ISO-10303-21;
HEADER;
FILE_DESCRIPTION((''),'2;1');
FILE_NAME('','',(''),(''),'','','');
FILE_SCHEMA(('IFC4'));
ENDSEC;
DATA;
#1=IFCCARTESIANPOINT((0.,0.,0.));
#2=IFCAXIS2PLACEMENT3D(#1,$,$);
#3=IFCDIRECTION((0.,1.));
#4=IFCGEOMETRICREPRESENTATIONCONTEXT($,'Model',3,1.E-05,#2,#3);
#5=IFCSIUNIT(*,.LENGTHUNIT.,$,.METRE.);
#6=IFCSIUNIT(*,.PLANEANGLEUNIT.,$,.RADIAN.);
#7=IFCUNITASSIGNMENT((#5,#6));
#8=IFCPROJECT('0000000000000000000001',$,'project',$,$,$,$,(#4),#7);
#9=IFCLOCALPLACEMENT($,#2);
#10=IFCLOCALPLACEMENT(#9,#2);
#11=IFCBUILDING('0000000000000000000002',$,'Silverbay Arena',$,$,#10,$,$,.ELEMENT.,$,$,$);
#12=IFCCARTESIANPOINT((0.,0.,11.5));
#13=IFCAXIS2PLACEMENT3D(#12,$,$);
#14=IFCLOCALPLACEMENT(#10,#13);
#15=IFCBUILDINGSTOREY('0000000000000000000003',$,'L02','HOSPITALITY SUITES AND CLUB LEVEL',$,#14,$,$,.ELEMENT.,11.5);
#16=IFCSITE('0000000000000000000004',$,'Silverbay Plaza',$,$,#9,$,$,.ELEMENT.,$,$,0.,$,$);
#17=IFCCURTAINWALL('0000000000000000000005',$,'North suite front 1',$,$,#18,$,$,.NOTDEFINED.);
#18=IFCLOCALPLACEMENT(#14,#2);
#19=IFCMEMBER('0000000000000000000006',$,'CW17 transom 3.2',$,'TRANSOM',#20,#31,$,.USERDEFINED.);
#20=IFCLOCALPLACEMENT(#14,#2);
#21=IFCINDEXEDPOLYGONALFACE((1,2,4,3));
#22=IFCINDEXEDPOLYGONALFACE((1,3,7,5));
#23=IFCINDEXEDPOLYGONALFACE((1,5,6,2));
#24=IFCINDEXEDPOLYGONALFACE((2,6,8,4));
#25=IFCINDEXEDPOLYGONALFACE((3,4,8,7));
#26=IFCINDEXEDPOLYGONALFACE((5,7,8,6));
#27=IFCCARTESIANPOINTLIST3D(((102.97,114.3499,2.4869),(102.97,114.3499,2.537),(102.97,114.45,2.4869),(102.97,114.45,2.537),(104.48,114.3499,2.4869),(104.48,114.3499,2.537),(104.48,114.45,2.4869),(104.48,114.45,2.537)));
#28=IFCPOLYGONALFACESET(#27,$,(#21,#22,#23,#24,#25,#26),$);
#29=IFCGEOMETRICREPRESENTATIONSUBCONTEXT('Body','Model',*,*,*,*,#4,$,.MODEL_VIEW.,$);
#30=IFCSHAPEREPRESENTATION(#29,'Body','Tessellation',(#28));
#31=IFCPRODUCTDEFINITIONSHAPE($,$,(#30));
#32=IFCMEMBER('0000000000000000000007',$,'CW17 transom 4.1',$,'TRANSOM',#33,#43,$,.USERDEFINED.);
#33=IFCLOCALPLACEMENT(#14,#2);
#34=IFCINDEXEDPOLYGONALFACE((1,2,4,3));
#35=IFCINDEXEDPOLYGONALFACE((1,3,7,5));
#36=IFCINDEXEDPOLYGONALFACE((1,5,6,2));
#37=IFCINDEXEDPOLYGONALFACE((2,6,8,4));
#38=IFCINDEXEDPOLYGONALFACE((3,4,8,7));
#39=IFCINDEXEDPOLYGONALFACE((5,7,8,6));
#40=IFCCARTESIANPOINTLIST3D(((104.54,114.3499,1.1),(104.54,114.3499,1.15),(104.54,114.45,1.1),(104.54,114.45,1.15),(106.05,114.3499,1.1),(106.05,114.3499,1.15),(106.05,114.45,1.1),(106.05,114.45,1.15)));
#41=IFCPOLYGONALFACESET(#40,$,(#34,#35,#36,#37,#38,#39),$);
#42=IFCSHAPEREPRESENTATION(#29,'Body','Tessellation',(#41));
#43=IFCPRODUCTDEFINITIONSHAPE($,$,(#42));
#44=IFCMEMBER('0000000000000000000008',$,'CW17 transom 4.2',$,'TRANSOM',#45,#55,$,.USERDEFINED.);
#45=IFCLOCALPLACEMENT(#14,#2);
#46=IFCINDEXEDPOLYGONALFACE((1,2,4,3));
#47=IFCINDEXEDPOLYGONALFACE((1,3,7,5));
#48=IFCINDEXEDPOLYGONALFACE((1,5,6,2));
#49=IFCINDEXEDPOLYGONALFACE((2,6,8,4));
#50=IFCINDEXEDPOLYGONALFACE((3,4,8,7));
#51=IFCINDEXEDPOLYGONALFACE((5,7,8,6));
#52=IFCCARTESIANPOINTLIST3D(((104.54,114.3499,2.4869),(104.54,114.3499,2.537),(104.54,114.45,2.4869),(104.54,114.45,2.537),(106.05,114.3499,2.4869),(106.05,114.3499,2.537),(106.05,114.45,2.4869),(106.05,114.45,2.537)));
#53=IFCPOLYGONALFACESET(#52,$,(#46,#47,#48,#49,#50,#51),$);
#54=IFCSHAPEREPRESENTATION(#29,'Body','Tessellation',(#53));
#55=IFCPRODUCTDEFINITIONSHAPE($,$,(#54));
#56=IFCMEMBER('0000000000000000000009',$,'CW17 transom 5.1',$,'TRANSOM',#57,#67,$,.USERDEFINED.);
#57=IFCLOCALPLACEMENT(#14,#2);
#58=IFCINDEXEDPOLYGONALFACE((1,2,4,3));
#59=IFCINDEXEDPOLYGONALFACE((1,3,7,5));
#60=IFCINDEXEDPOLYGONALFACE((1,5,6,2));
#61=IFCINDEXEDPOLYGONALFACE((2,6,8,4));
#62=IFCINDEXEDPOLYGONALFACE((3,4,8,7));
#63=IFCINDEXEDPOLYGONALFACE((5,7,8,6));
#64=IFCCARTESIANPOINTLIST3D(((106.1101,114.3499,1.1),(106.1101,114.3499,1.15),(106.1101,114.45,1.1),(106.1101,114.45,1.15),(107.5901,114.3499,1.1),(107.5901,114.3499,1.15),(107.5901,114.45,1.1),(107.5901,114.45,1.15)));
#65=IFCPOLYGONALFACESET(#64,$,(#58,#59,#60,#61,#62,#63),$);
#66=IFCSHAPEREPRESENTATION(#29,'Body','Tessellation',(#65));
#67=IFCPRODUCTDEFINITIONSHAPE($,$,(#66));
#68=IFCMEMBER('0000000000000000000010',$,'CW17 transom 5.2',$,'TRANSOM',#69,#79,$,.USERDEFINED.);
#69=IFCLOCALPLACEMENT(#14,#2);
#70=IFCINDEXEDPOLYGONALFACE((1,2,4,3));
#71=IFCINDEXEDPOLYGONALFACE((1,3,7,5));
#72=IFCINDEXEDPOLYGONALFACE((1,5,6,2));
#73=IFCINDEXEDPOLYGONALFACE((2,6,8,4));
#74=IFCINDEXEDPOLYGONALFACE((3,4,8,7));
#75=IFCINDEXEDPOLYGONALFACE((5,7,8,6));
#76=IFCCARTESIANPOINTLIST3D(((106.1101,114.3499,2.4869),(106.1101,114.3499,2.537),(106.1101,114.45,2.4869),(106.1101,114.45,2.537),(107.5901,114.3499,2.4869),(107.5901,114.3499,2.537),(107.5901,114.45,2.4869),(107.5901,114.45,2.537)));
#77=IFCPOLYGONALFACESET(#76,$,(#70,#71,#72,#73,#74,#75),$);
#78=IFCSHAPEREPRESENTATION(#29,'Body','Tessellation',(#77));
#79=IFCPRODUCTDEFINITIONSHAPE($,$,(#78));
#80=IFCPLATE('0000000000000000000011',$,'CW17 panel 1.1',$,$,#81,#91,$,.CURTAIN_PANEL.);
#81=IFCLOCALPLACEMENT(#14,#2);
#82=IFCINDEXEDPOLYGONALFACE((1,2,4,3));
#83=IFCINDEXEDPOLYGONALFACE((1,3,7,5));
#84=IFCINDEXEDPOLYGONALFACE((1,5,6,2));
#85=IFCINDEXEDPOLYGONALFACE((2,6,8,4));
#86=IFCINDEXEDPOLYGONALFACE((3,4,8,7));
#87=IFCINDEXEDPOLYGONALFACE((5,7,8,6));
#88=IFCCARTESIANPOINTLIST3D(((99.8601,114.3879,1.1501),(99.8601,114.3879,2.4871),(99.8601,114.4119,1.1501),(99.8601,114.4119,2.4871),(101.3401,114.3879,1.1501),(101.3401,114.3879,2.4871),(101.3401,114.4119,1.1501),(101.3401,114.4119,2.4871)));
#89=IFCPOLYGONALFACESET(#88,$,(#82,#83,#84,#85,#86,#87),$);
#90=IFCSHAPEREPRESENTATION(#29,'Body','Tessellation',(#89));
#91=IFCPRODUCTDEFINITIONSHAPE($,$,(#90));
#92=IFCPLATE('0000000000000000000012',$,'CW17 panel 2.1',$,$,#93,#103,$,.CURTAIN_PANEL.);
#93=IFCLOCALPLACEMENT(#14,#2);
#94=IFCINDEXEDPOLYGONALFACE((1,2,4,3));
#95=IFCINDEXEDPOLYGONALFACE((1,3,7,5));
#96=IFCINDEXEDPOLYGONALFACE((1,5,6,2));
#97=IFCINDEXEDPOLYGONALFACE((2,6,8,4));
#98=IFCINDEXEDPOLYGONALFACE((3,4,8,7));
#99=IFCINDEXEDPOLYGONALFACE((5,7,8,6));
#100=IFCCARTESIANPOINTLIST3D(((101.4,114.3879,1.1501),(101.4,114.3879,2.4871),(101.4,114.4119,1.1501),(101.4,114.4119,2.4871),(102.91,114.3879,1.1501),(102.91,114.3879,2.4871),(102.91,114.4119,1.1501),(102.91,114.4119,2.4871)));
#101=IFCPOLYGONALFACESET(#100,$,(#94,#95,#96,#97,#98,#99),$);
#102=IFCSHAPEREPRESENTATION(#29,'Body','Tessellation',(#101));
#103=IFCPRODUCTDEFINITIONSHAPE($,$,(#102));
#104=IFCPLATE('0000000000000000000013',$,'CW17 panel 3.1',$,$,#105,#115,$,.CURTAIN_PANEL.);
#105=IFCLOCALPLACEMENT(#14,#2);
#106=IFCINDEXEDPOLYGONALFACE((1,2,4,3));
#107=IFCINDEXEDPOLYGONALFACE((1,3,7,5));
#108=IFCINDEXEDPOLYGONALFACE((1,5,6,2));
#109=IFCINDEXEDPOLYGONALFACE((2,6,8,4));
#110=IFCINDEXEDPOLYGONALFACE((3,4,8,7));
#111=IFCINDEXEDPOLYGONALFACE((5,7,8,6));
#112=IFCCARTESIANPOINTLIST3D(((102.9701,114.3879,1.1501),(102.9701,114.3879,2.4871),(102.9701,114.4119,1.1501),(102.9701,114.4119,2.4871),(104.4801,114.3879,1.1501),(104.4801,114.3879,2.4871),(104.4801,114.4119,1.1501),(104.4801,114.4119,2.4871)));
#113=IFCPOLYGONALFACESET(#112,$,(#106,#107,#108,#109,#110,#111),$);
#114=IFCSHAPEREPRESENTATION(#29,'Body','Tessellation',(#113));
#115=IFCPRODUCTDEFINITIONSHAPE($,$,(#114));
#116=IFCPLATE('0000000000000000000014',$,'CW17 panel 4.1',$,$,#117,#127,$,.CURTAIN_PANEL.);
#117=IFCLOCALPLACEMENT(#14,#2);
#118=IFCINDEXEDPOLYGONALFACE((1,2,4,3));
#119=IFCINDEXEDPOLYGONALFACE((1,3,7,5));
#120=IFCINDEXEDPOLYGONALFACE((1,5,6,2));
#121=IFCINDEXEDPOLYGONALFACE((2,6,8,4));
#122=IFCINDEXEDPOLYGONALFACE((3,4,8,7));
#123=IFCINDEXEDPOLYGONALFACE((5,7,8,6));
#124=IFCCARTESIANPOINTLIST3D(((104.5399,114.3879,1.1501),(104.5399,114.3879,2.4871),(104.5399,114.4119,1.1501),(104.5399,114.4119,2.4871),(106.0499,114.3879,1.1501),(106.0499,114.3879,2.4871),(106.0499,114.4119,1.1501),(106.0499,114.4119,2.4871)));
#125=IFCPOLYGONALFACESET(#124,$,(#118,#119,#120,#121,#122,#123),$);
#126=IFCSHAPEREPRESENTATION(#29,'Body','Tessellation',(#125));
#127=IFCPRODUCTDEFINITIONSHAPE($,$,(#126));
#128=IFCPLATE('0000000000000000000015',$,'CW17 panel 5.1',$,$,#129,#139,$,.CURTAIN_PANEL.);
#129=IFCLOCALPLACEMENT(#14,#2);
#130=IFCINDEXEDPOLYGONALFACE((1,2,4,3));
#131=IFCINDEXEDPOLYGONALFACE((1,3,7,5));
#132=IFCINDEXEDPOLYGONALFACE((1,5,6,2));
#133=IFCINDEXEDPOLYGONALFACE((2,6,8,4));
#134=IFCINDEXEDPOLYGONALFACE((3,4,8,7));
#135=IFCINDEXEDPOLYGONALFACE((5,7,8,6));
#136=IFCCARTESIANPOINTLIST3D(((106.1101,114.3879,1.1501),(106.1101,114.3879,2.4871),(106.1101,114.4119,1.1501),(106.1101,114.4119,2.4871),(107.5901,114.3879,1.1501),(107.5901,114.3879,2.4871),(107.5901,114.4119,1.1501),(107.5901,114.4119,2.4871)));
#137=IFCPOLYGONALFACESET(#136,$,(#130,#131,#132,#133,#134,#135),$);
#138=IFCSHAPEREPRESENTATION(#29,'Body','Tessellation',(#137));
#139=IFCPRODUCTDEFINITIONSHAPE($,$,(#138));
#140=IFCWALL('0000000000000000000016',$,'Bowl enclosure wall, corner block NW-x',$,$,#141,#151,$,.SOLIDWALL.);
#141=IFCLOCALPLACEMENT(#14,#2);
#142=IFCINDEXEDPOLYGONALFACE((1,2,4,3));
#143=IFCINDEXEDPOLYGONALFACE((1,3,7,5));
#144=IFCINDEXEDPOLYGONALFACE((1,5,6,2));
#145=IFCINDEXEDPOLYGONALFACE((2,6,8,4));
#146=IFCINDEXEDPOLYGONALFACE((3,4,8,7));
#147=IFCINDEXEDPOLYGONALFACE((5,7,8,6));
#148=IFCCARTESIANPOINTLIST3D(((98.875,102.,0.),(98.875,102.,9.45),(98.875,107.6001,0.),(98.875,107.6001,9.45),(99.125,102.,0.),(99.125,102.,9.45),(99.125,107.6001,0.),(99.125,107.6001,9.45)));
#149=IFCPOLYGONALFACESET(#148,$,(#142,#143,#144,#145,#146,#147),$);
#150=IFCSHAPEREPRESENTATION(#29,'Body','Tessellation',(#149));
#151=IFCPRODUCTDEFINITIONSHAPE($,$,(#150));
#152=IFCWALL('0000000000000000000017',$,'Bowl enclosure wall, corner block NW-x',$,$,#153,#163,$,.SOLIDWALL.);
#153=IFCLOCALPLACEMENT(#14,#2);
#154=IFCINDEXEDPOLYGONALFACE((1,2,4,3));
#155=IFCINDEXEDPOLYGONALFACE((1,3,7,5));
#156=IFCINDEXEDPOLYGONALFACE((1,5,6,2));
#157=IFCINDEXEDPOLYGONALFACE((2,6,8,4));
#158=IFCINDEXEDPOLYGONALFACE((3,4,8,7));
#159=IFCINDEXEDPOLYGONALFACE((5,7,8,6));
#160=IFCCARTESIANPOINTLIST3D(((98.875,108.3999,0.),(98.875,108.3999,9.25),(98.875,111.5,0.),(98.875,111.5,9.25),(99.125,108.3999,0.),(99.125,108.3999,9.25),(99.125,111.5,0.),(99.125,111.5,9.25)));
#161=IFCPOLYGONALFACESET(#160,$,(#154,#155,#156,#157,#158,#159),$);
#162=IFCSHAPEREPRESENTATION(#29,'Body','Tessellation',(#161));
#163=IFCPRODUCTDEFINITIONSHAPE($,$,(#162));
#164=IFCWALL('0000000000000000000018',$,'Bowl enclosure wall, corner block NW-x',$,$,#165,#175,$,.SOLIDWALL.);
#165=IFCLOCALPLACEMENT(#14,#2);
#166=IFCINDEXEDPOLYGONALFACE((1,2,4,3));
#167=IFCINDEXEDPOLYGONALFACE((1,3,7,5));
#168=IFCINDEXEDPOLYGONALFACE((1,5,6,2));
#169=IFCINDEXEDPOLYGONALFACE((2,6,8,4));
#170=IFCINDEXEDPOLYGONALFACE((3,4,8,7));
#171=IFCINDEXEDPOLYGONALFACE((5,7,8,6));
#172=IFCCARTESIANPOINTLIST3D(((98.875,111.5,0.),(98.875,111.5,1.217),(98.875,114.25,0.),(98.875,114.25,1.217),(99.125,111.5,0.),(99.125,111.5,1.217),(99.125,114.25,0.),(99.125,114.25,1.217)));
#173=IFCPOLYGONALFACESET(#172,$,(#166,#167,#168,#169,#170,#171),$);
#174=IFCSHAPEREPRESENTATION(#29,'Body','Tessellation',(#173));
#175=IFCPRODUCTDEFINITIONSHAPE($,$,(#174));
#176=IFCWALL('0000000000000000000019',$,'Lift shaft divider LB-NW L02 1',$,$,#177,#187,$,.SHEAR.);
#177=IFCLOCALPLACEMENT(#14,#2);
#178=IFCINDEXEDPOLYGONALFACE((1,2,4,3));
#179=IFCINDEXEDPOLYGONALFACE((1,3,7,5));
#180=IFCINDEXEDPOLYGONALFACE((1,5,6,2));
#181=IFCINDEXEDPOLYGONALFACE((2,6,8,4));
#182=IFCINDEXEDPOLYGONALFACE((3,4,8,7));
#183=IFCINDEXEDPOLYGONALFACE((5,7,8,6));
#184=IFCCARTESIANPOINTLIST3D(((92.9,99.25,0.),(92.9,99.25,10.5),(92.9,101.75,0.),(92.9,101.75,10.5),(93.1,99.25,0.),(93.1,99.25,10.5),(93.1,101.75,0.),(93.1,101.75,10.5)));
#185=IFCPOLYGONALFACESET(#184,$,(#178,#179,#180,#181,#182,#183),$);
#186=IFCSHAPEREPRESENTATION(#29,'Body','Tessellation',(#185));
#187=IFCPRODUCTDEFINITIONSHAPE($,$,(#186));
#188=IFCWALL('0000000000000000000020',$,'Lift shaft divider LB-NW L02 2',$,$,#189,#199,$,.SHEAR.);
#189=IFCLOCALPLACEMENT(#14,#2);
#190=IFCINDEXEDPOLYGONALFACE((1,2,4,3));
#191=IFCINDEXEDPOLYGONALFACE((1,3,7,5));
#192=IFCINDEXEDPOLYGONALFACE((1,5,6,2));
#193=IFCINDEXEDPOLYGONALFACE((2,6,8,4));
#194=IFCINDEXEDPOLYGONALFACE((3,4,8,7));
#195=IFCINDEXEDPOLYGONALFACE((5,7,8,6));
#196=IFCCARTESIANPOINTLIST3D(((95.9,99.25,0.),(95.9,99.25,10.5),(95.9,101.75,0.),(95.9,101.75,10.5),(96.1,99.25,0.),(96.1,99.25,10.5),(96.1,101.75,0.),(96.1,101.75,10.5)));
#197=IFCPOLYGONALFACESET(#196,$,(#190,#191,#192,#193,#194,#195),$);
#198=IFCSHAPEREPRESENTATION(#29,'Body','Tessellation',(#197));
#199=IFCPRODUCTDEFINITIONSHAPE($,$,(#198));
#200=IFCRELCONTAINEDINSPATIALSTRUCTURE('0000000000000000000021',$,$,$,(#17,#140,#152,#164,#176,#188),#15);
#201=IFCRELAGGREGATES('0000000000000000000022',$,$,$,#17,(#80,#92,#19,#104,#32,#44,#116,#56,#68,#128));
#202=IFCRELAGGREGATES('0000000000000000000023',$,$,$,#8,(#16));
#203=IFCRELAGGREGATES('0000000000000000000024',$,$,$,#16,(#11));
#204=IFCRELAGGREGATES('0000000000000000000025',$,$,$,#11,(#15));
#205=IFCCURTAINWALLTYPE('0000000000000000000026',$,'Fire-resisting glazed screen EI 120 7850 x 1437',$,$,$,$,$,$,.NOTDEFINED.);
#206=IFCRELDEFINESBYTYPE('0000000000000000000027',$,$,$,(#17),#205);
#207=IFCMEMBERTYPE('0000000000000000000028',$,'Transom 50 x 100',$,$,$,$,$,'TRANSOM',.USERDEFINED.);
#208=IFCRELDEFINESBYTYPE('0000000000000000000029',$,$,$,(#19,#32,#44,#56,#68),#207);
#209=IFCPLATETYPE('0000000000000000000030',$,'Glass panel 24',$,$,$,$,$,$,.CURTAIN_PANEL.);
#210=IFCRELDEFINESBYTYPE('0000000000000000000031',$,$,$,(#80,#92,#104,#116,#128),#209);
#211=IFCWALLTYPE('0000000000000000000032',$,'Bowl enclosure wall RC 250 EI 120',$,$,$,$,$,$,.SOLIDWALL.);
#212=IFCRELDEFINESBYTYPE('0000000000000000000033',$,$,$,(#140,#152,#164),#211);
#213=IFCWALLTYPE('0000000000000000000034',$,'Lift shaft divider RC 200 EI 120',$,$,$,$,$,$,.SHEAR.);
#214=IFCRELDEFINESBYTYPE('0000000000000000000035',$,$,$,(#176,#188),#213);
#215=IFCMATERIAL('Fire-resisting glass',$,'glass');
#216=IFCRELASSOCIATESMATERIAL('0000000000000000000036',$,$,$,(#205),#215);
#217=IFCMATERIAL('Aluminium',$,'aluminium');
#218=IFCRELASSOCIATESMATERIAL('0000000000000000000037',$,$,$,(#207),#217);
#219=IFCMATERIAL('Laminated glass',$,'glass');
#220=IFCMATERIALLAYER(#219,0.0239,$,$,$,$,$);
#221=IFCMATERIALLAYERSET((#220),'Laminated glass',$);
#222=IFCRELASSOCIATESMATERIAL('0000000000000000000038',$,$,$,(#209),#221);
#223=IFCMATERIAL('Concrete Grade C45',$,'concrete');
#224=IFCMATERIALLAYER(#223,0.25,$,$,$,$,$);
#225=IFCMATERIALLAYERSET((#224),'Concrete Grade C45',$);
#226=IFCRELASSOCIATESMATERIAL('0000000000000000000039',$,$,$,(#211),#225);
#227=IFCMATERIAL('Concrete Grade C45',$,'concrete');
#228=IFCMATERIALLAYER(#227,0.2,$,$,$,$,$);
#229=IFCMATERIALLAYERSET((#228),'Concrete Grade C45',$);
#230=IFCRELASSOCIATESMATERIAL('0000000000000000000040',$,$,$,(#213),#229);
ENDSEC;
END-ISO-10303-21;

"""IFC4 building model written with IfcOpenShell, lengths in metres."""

from ifc_helpers import new_model, si_unit, direction, frame, frame_2d, origin, origin_2d, place, context, subcontext, project, spatial, rectangle, extrude, material, layer, layer_set, material_profile, profile_set, type_object, element, aggregate, save


model = new_model("IFC4")

# Units and contexts
model_context = context("Model", 3, precision=1e-05, world=origin(), true_north=direction((0.0, 1.0)))
body_context = subcontext(model_context, "Body", "Model", "MODEL_VIEW")
ifc_project = project(units=[si_unit("LENGTHUNIT", "METRE"), si_unit("PLANEANGLEUNIT", "RADIAN")], contexts=[model_context])

# Site, building, storey
site_placement = place(None, origin())
site = spatial("IfcSite", under=ifc_project, at=site_placement, Name="Silverbay Plaza", CompositionType="ELEMENT", RefElevation=0.0)
building_placement = place(site_placement, origin())
building = spatial("IfcBuilding", under=site, at=building_placement, Name="Silverbay Arena", CompositionType="ELEMENT")
storey_placement = place(building_placement, frame((0.0, 0.0, 11.5)))
storey = spatial("IfcBuildingStorey", under=building, at=storey_placement, Name="L02", Description="HOSPITALITY SUITES AND CLUB LEVEL", CompositionType="ELEMENT", Elevation=11.5)

# Curtain wall
ifc_material_1 = material(Name="Fire-resisting glass", Category="glass")
curtain_wall_type = type_object("IfcCurtainWallType", Name="Fire-resisting glazed screen EI 120 7850 x 1437", PredefinedType="NOTDEFINED", material=ifc_material_1)
curtain_wall_placement = place(storey_placement, origin())
curtain_wall = element("IfcCurtainWall", 1, at=curtain_wall_placement, inside=storey, type_object=curtain_wall_type, Name="North suite front 1", PredefinedType="NOTDEFINED")

# Members
ifc_material_2 = material(Name="Aluminium", Category="aluminium")
ifc_material_profile_1 = material_profile(ifc_material_2, rectangle(XDim=0.1001, YDim=0.05, at=origin_2d()), Name="Transom 50 x 100")
ifc_profile_set_1 = profile_set([ifc_material_profile_1], Name="Aluminium")
member_type_1 = type_object("IfcMemberType", Name="Transom 50 x 100", ElementType="TRANSOM", PredefinedType="USERDEFINED", material=ifc_profile_set_1)
member_1_placement = place(storey_placement, frame((102.97, 114.3999, 2.512), z_axis=(1.0, 0.0, 0.0), x_axis=(0.0, 1.0, 0.0)))
member_1 = element("IfcMember", 2, at=member_1_placement, type_object=member_type_1, Name="CW17 transom 3.2", ObjectType="TRANSOM", PredefinedType="USERDEFINED", context=body_context, shape_type="SweptSolid", body=[
    extrude(rectangle(XDim=0.1001, YDim=0.05, at=origin_2d()), origin(), (0.0, 0.0, 1.0), 1.51),
])
member_2_placement = place(storey_placement, frame((104.54, 114.3999, 1.125), z_axis=(1.0, 0.0, 0.0), x_axis=(0.0, 1.0, 0.0)))
member_2 = element("IfcMember", 3, at=member_2_placement, type_object=member_type_1, Name="CW17 transom 4.1", ObjectType="TRANSOM", PredefinedType="USERDEFINED", context=body_context, shape_type="SweptSolid", body=[
    extrude(rectangle(XDim=0.1001, YDim=0.05, at=origin_2d()), origin(), (0.0, 0.0, 1.0), 1.51),
])
member_3_placement = place(storey_placement, frame((104.54, 114.3999, 2.512), z_axis=(1.0, 0.0, 0.0), x_axis=(0.0, 1.0, 0.0)))
member_3 = element("IfcMember", 4, at=member_3_placement, type_object=member_type_1, Name="CW17 transom 4.2", ObjectType="TRANSOM", PredefinedType="USERDEFINED", context=body_context, shape_type="SweptSolid", body=[
    extrude(rectangle(XDim=0.1001, YDim=0.05, at=origin_2d()), origin(), (0.0, 0.0, 1.0), 1.51),
])
member_4_placement = place(storey_placement, frame((106.1101, 114.3999, 1.125), z_axis=(1.0, 0.0, 0.0), x_axis=(0.0, 1.0, 0.0)))
member_4 = element("IfcMember", 5, at=member_4_placement, type_object=member_type_1, Name="CW17 transom 5.1", ObjectType="TRANSOM", PredefinedType="USERDEFINED", context=body_context, shape_type="SweptSolid", body=[
    extrude(rectangle(XDim=0.1001, YDim=0.05, at=origin_2d()), origin(), (0.0, 0.0, 1.0), 1.48),
])
member_5_placement = place(storey_placement, frame((106.1101, 114.3999, 2.512), z_axis=(1.0, 0.0, 0.0), x_axis=(0.0, 1.0, 0.0)))
member_5 = element("IfcMember", 6, at=member_5_placement, type_object=member_type_1, Name="CW17 transom 5.2", ObjectType="TRANSOM", PredefinedType="USERDEFINED", context=body_context, shape_type="SweptSolid", body=[
    extrude(rectangle(XDim=0.1001, YDim=0.05, at=origin_2d()), origin(), (0.0, 0.0, 1.0), 1.48),
])

# Plates
ifc_material_3 = material(Name="Laminated glass", Category="glass")
ifc_layer_1 = layer(ifc_material_3, 0.0239)
ifc_layer_set_1 = layer_set([ifc_layer_1], Name="Laminated glass")
plate_type = type_object("IfcPlateType", Name="Glass panel 24", PredefinedType="CURTAIN_PANEL", material=ifc_layer_set_1)
plate_1_placement = place(storey_placement, frame((100.6001, 114.3999, 1.1501), z_axis=(0.0, 0.0, 1.0), x_axis=(1.0, 0.0, 0.0)))
plate_1 = element("IfcPlate", 7, at=plate_1_placement, type_object=plate_type, Name="CW17 panel 1.1", PredefinedType="CURTAIN_PANEL", context=body_context, shape_type="SweptSolid", body=[
    extrude(rectangle(XDim=1.48, YDim=0.0239, at=origin_2d()), origin(), (0.0, 0.0, 1.0), 1.3369),
])
plate_2_placement = place(storey_placement, frame((102.155, 114.3999, 1.1501), z_axis=(0.0, 0.0, 1.0), x_axis=(1.0, 0.0, 0.0)))
plate_2 = element("IfcPlate", 8, at=plate_2_placement, type_object=plate_type, Name="CW17 panel 2.1", PredefinedType="CURTAIN_PANEL", context=body_context, shape_type="SweptSolid", body=[
    extrude(rectangle(XDim=1.51, YDim=0.0239, at=origin_2d()), origin(), (0.0, 0.0, 1.0), 1.3369),
])
plate_3_placement = place(storey_placement, frame((103.7251, 114.3999, 1.1501), z_axis=(0.0, 0.0, 1.0), x_axis=(1.0, 0.0, 0.0)))
plate_3 = element("IfcPlate", 9, at=plate_3_placement, type_object=plate_type, Name="CW17 panel 3.1", PredefinedType="CURTAIN_PANEL", context=body_context, shape_type="SweptSolid", body=[
    extrude(rectangle(XDim=1.51, YDim=0.0239, at=origin_2d()), origin(), (0.0, 0.0, 1.0), 1.3369),
])
plate_4_placement = place(storey_placement, frame((105.2949, 114.3999, 1.1501), z_axis=(0.0, 0.0, 1.0), x_axis=(1.0, 0.0, 0.0)))
plate_4 = element("IfcPlate", 10, at=plate_4_placement, type_object=plate_type, Name="CW17 panel 4.1", PredefinedType="CURTAIN_PANEL", context=body_context, shape_type="SweptSolid", body=[
    extrude(rectangle(XDim=1.51, YDim=0.0239, at=origin_2d()), origin(), (0.0, 0.0, 1.0), 1.3369),
])
plate_5_placement = place(storey_placement, frame((106.8501, 114.3999, 1.1501), z_axis=(0.0, 0.0, 1.0), x_axis=(1.0, 0.0, 0.0)))
plate_5 = element("IfcPlate", 11, at=plate_5_placement, type_object=plate_type, Name="CW17 panel 5.1", PredefinedType="CURTAIN_PANEL", context=body_context, shape_type="SweptSolid", body=[
    extrude(rectangle(XDim=1.48, YDim=0.0239, at=origin_2d()), origin(), (0.0, 0.0, 1.0), 1.3369),
])
aggregate(curtain_wall, [plate_1, plate_2, member_1, plate_3, member_2, member_3, plate_4, member_4, member_5, plate_5])

# Walls
ifc_material_4 = material(Name="Concrete Grade C45", Category="concrete")
ifc_layer_2 = layer(ifc_material_4, 0.25)
ifc_layer_set_2 = layer_set([ifc_layer_2], Name="Concrete Grade C45")
wall_type_1 = type_object("IfcWallType", Name="Bowl enclosure wall RC 250 EI 120", PredefinedType="SOLIDWALL", material=ifc_layer_set_2)
wall_1_placement = place(storey_placement, frame((99.0, 102.0, 0.0), z_axis=(0.0, 0.0, 1.0), x_axis=(0.0, 1.0, 0.0)))
element("IfcWall", 12, at=wall_1_placement, inside=storey, type_object=wall_type_1, Name="Bowl enclosure wall, corner block NW-x", PredefinedType="SOLIDWALL", context=body_context, shape_type="SweptSolid", body=[
    extrude(rectangle(XDim=5.6001, YDim=0.25, at=frame_2d((2.8, 0.0))), origin(), (0.0, 0.0, 1.0), 9.45),
])
wall_2_placement = place(storey_placement, frame((99.0, 108.3999, 0.0), z_axis=(0.0, 0.0, 1.0), x_axis=(0.0, 1.0, 0.0)))
element("IfcWall", 13, at=wall_2_placement, inside=storey, type_object=wall_type_1, Name="Bowl enclosure wall, corner block NW-x", PredefinedType="SOLIDWALL", context=body_context, shape_type="SweptSolid", body=[
    extrude(rectangle(XDim=3.1001, YDim=0.25, at=frame_2d((1.55, 0.0))), origin(), (0.0, 0.0, 1.0), 9.25),
])
wall_3_placement = place(storey_placement, frame((99.0, 111.5, 0.0), z_axis=(0.0, 0.0, 1.0), x_axis=(0.0, 1.0, 0.0)))
element("IfcWall", 14, at=wall_3_placement, inside=storey, type_object=wall_type_1, Name="Bowl enclosure wall, corner block NW-x", PredefinedType="SOLIDWALL", context=body_context, shape_type="SweptSolid", body=[
    extrude(rectangle(XDim=2.75, YDim=0.25, at=frame_2d((1.375, 0.0))), origin(), (0.0, 0.0, 1.0), 1.217),
])
ifc_material_5 = material(Name="Concrete Grade C45", Category="concrete")
ifc_layer_3 = layer(ifc_material_5, 0.2)
ifc_layer_set_3 = layer_set([ifc_layer_3], Name="Concrete Grade C45")
wall_type_2 = type_object("IfcWallType", Name="Lift shaft divider RC 200 EI 120", PredefinedType="SHEAR", material=ifc_layer_set_3)
for number, where, z_axis, x_axis, name in (
    (15, (93.0, 99.25, 0.0), (0.0, 0.0, 1.0), (0.0, 1.0, 0.0), "Lift shaft divider LB-NW L02 1"),
    (16, (96.0, 99.25, 0.0), (0.0, 0.0, 1.0), (0.0, 1.0, 0.0), "Lift shaft divider LB-NW L02 2"),
):
    element("IfcWall", number, at=place(storey_placement, frame(where, z_axis=z_axis, x_axis=x_axis)), inside=storey, type_object=wall_type_2, Name=name, PredefinedType="SHEAR", context=body_context, shape_type="SweptSolid", body=[
        extrude(rectangle(XDim=2.5, YDim=0.2, at=frame_2d((1.25, 0.0))), origin(), (0.0, 0.0, 1.0), 10.5),
    ])

save(model, "model.ifc")
